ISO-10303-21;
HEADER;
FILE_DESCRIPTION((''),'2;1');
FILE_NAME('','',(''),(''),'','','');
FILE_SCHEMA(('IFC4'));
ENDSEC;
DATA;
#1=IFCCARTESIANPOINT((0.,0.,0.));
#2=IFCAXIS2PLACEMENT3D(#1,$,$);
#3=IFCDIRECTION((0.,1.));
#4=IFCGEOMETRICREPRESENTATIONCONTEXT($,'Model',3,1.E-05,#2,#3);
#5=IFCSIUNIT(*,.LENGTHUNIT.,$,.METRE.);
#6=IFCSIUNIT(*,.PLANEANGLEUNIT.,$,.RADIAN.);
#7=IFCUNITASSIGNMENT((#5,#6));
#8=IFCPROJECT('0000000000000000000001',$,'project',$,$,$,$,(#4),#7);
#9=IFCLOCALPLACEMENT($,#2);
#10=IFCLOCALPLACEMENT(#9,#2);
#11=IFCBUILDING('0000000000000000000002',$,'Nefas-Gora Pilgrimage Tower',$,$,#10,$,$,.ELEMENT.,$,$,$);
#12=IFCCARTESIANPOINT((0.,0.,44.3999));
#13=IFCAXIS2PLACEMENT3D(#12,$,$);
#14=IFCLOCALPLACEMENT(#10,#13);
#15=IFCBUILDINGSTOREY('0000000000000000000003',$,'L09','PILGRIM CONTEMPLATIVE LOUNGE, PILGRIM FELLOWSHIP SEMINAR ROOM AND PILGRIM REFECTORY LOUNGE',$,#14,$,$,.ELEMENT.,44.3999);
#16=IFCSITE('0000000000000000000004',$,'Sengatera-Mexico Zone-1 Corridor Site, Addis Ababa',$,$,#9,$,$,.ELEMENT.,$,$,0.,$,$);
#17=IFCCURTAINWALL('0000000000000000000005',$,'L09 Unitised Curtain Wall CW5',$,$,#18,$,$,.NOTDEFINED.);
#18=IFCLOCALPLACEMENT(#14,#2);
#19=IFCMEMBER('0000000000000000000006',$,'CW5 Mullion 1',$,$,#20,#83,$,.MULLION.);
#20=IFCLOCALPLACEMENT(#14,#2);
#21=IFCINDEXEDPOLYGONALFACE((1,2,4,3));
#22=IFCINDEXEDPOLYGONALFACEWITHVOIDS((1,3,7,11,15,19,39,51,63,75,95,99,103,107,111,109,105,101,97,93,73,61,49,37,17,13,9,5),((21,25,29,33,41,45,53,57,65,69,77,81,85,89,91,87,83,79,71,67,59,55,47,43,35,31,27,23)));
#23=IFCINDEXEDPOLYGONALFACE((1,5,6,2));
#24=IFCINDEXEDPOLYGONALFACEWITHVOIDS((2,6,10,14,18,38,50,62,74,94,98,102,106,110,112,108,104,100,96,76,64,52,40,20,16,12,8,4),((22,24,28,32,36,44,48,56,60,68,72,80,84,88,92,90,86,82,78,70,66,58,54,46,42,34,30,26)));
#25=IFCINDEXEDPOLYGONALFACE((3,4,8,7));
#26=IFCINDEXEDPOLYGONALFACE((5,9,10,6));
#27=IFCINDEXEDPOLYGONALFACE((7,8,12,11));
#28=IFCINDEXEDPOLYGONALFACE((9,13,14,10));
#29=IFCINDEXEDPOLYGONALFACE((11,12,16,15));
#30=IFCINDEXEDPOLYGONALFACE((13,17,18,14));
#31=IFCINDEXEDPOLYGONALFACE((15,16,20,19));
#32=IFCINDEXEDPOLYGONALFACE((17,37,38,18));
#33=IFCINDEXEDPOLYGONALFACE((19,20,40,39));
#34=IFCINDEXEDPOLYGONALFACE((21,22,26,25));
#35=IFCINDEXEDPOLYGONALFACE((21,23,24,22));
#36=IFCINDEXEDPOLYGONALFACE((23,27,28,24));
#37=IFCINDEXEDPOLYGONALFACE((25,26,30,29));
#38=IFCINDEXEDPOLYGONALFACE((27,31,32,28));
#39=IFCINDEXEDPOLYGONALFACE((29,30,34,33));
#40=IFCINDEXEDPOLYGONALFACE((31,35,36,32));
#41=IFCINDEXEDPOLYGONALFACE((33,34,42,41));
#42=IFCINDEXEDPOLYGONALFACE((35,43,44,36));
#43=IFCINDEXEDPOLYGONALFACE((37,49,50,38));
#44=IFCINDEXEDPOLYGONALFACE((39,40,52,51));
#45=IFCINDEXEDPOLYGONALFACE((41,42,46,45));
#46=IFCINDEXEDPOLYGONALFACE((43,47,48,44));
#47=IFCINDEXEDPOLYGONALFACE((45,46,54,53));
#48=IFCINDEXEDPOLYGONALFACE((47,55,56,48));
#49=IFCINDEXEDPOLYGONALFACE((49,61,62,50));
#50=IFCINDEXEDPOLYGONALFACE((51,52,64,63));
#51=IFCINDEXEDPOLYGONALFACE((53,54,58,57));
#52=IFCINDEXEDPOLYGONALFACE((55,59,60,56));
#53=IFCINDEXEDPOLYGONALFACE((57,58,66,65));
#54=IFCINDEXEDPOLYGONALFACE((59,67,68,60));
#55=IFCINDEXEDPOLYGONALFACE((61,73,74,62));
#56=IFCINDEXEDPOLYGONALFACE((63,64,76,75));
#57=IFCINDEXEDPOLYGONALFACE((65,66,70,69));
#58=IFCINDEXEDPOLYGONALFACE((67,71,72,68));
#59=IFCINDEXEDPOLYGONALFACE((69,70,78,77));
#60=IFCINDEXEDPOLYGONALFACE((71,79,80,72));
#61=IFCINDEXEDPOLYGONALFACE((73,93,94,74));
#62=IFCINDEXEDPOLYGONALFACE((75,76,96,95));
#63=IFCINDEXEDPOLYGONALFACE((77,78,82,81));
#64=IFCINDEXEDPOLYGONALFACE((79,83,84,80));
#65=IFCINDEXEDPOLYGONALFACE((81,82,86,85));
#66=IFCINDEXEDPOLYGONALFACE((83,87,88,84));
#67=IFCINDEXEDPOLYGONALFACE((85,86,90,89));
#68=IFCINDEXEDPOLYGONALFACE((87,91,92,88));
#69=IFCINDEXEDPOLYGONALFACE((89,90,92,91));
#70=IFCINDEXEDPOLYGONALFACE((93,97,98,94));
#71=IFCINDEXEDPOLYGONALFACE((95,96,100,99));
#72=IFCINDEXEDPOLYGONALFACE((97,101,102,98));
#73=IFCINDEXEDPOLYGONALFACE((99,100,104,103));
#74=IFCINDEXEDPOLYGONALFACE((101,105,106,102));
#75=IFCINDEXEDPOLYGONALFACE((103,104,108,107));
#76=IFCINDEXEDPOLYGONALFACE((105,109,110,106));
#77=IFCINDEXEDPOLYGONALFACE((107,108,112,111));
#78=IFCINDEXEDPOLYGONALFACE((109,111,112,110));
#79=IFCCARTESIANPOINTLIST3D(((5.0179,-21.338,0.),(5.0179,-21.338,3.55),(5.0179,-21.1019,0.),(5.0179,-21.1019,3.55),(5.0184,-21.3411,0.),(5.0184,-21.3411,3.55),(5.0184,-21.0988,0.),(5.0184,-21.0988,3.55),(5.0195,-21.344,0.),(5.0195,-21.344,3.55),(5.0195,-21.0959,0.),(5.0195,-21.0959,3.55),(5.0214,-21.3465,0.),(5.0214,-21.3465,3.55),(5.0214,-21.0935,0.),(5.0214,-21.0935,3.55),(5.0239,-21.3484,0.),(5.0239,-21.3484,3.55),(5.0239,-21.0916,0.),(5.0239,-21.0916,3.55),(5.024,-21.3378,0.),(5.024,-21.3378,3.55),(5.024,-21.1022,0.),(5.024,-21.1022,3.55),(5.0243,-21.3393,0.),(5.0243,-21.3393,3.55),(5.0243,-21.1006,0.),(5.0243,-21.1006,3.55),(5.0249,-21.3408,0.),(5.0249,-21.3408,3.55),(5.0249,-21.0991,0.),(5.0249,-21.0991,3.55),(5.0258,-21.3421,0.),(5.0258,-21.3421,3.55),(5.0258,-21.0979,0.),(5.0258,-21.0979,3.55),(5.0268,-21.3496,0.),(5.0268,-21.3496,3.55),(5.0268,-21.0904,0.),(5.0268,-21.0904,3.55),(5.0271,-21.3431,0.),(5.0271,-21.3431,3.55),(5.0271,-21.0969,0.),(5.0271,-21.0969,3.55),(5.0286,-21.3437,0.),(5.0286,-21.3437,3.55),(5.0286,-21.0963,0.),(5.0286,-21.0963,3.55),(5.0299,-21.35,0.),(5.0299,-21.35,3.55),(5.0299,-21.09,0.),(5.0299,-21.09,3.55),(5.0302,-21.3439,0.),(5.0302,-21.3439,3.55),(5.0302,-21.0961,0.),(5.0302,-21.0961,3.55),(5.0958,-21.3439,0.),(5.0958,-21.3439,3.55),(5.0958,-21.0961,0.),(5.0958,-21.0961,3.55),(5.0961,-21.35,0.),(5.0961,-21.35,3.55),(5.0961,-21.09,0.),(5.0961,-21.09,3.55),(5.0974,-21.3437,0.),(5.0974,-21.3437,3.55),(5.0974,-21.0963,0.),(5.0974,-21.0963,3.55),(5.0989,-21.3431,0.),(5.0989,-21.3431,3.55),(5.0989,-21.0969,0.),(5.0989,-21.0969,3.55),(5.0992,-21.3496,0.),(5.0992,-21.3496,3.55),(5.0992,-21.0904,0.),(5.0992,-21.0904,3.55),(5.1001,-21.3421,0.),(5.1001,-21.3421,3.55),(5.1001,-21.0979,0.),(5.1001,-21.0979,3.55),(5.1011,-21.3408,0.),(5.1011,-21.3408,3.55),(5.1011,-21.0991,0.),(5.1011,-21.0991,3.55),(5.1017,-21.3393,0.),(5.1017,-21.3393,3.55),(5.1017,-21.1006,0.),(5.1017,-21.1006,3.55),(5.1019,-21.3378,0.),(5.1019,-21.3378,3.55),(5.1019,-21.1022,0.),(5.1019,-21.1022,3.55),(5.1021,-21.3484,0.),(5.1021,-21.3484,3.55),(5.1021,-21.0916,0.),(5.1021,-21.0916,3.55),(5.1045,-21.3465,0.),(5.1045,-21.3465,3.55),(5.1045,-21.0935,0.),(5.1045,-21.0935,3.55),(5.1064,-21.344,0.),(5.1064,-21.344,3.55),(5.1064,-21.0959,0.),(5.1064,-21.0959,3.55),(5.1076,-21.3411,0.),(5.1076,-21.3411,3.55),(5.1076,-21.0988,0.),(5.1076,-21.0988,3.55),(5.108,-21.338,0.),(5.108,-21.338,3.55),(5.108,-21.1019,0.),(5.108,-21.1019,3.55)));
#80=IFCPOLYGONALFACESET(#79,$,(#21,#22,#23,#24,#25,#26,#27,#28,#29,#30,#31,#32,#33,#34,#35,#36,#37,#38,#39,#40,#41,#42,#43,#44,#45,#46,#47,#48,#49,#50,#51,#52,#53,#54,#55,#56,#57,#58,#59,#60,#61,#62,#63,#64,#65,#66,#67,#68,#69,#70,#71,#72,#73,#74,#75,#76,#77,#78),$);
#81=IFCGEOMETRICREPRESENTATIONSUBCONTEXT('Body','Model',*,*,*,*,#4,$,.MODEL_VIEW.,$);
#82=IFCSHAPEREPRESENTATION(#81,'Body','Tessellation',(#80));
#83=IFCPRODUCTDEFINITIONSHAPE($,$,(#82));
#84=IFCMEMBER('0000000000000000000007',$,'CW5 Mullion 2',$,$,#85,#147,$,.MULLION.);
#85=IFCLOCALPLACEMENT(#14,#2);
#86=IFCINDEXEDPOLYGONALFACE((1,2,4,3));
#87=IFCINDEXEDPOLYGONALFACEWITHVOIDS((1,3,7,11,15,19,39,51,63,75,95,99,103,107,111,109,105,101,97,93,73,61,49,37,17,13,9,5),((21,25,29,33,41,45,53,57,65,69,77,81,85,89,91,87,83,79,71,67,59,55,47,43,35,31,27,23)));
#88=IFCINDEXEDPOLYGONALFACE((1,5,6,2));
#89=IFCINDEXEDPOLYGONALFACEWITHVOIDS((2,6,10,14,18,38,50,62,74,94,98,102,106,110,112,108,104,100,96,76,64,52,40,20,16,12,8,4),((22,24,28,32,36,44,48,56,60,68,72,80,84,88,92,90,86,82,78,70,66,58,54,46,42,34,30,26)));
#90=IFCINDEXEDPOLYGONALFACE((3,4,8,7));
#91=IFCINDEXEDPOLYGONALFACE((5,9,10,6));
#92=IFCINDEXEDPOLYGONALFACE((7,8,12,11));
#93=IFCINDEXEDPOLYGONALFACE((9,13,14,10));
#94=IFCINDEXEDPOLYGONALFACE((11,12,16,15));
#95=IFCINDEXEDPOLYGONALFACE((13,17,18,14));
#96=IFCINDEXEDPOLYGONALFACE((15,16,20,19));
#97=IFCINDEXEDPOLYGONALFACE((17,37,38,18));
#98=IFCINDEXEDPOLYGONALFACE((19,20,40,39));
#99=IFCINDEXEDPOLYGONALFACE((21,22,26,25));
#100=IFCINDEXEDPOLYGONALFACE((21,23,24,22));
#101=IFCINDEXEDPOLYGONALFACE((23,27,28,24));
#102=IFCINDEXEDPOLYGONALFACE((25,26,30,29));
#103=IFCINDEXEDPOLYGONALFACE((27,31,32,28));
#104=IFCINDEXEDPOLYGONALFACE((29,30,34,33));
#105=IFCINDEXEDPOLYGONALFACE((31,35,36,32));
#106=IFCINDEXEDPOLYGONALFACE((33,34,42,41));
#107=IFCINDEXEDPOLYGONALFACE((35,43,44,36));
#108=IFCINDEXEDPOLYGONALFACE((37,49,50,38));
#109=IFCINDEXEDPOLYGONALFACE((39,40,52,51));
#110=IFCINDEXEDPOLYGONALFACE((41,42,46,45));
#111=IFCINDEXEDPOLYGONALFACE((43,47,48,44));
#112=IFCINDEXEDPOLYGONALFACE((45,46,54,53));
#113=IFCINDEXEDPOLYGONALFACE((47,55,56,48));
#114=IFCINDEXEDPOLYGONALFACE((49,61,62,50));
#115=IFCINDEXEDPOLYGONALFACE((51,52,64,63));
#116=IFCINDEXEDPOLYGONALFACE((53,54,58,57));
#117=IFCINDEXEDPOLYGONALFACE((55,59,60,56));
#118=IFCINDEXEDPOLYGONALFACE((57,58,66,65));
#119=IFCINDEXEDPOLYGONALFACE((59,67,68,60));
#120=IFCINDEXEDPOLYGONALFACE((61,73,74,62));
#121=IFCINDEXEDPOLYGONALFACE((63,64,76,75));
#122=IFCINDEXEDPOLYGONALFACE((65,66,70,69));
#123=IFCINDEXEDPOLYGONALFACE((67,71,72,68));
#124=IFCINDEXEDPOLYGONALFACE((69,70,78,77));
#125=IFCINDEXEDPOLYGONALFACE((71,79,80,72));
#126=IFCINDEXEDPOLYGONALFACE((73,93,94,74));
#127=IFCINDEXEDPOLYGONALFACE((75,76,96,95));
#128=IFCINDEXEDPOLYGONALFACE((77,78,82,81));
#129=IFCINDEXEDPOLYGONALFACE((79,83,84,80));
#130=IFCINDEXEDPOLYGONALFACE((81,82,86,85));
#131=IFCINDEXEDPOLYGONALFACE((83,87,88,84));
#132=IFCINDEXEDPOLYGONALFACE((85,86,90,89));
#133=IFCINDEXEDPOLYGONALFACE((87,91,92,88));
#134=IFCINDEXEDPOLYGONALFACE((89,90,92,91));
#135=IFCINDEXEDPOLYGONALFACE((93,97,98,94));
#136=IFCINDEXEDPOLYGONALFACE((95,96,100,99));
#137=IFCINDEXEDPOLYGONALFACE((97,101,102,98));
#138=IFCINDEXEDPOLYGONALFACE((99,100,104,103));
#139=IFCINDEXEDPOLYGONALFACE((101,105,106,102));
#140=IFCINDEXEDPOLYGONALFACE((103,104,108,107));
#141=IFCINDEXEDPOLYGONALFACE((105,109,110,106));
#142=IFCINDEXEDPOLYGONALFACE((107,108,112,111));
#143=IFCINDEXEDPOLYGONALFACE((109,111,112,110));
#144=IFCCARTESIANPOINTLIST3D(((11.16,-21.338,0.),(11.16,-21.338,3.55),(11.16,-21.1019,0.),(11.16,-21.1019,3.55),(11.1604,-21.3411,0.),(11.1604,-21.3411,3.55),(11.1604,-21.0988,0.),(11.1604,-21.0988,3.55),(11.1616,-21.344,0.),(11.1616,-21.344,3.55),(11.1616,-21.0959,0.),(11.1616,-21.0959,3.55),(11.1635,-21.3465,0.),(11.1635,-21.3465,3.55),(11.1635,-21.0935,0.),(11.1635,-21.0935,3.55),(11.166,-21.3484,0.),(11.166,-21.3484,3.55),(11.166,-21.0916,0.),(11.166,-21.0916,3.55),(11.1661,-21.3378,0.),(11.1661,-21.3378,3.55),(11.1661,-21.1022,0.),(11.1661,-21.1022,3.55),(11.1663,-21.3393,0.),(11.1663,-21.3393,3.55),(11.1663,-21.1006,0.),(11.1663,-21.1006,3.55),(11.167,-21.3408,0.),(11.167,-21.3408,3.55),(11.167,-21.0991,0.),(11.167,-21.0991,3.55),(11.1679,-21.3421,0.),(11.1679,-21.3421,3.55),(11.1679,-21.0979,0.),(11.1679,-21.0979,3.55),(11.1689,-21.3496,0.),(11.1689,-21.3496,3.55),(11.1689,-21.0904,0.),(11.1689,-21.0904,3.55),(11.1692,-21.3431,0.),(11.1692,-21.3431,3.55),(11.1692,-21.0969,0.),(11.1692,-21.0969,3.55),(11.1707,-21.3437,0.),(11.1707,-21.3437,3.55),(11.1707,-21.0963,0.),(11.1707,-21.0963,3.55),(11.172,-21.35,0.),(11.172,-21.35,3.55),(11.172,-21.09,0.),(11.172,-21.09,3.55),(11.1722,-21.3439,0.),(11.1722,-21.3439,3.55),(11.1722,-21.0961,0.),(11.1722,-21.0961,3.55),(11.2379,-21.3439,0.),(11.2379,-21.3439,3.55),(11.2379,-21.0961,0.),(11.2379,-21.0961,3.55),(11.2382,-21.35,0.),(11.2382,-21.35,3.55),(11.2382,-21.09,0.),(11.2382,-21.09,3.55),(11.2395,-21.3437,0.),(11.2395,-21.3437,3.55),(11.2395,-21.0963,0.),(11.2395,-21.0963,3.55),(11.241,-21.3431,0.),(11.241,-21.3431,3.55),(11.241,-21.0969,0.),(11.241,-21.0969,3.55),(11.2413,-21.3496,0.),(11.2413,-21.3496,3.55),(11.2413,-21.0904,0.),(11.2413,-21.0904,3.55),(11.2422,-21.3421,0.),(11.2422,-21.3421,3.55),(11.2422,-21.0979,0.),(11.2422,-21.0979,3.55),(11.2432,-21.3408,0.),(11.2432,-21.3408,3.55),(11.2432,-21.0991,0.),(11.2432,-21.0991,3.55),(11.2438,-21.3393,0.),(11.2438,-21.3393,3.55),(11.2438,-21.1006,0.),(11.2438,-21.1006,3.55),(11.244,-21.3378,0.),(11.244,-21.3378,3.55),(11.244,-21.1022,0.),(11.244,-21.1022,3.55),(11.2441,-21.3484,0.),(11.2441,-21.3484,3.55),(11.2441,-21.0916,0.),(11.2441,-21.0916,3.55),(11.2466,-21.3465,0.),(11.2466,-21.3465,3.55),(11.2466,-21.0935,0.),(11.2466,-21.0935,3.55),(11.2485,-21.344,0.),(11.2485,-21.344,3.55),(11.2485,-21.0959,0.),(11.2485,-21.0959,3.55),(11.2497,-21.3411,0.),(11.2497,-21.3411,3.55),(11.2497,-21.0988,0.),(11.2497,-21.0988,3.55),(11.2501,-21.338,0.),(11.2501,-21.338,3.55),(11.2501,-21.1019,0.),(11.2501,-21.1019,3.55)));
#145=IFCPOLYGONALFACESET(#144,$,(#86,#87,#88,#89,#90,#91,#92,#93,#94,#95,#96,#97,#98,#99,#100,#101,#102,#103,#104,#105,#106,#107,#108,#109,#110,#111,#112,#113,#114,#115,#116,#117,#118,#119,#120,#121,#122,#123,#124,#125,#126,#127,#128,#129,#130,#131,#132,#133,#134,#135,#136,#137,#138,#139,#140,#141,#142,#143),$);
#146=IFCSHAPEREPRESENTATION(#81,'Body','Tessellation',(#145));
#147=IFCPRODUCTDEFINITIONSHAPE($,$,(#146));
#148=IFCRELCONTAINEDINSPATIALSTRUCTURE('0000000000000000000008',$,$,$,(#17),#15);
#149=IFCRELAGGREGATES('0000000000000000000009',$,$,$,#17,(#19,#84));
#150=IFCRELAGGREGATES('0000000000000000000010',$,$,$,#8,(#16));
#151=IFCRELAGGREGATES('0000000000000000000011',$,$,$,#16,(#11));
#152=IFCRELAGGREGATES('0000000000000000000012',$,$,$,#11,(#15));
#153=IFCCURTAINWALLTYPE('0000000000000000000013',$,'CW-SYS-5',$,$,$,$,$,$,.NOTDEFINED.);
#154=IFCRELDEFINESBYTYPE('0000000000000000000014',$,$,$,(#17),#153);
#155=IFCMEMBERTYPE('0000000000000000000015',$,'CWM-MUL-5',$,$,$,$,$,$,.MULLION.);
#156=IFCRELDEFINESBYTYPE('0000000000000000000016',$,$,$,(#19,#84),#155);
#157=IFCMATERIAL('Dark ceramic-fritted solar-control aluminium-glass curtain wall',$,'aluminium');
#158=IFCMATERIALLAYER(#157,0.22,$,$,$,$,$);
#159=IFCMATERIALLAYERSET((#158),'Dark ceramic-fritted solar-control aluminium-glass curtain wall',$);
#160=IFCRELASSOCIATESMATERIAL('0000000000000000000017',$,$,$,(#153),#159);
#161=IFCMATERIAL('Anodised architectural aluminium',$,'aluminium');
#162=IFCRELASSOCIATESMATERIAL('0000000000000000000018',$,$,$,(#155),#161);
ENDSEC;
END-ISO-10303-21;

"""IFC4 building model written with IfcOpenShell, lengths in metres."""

from ifc_helpers import new_model, si_unit, direction, frame, origin, origin_2d, place, context, subcontext, project, spatial, hollow_rectangle, extrude, source, transform, mapped, material, layer, layer_set, material_profile, profile_set, type_object, element, aggregate, save


model = new_model("IFC4")

# Units and contexts
model_context = context("Model", 3, precision=1e-05, world=origin(), true_north=direction((0.0, 1.0)))
body_context = subcontext(model_context, "Body", "Model", "MODEL_VIEW")
ifc_project = project(units=[si_unit("LENGTHUNIT", "METRE"), si_unit("PLANEANGLEUNIT", "RADIAN")], contexts=[model_context])

# Site, building, storey
site_placement = place(None, origin())
site = spatial("IfcSite", under=ifc_project, at=site_placement, Name="Sengatera-Mexico Zone-1 Corridor Site, Addis Ababa", CompositionType="ELEMENT", RefElevation=0.0)
building_placement = place(site_placement, origin())
building = spatial("IfcBuilding", under=site, at=building_placement, Name="Nefas-Gora Pilgrimage Tower", CompositionType="ELEMENT")
storey_placement = place(building_placement, frame((0.0, 0.0, 44.3999)))
storey = spatial("IfcBuildingStorey", under=building, at=storey_placement, Name="L09", Description="PILGRIM CONTEMPLATIVE LOUNGE, PILGRIM FELLOWSHIP SEMINAR ROOM AND PILGRIM REFECTORY LOUNGE", CompositionType="ELEMENT", Elevation=44.3999)

# Curtain wall, members
ifc_material_1 = material(Name="Dark ceramic-fritted solar-control aluminium-glass curtain wall", Category="aluminium")
ifc_layer_1 = layer(ifc_material_1, 0.22)
ifc_layer_set_1 = layer_set([ifc_layer_1], Name="Dark ceramic-fritted solar-control aluminium-glass curtain wall")
curtain_wall_type_1 = type_object("IfcCurtainWallType", Name="CW-SYS-5", PredefinedType="NOTDEFINED", material=ifc_layer_set_1)
curtain_wall_1_placement = place(storey_placement, origin())
curtain_wall_1 = element("IfcCurtainWall", 1, at=curtain_wall_1_placement, inside=storey, type_object=curtain_wall_type_1, Name="L09 Unitised Curtain Wall CW5", PredefinedType="NOTDEFINED")
ifc_material_2 = material(Name="Anodised architectural aluminium", Category="aluminium")
ifc_material_profile_1 = material_profile(ifc_material_2, hollow_rectangle(XDim=0.0901, YDim=0.26, WallThickness=0.0061, InnerFilletRadius=0.0061, OuterFilletRadius=0.012, at=origin_2d()), Name="ALU MULLION 90x260")
ifc_profile_set_1 = profile_set([ifc_material_profile_1], Name="Anodised architectural aluminium")
member_type_1 = type_object("IfcMemberType", Name="CWM-MUL-5", PredefinedType="MULLION", material=ifc_profile_set_1)
shared_shape_1 = source(origin(), body_context, "Body", "SweptSolid", [
    extrude(hollow_rectangle(XDim=0.0901, YDim=0.26, WallThickness=0.0061, InnerFilletRadius=0.0061, OuterFilletRadius=0.012, at=origin_2d()), origin(), (0.0, 0.0, 1.0), 3.55),
])
member_1_placement = place(storey_placement, frame((5.063, -21.22, 0.0), z_axis=(0.0, 0.0, 1.0), x_axis=(1.0, 0.0, 0.0)))
member_1 = element("IfcMember", 2, at=member_1_placement, type_object=member_type_1, Name="CW5 Mullion 1", PredefinedType="MULLION", context=body_context, shape_type="MappedRepresentation", body=[
    mapped(shared_shape_1, transform((0.0, 0.0, 0.0), x_axis=(1.0, 0.0, 0.0), y_axis=(0.0, 1.0, 0.0), z_axis=(0.0, 0.0, 1.0), scale=1.0)),
])
member_2_placement = place(storey_placement, frame((11.2051, -21.22, 0.0), z_axis=(0.0, 0.0, 1.0), x_axis=(1.0, 0.0, 0.0)))
member_2 = element("IfcMember", 3, at=member_2_placement, type_object=member_type_1, Name="CW5 Mullion 2", PredefinedType="MULLION", context=body_context, shape_type="MappedRepresentation", body=[
    mapped(shared_shape_1, transform((0.0, 0.0, 0.0), x_axis=(1.0, 0.0, 0.0), y_axis=(0.0, 1.0, 0.0), z_axis=(0.0, 0.0, 1.0), scale=1.0)),
])

aggregate(curtain_wall_1, [member_1, member_2])

save(model, "model.ifc")
